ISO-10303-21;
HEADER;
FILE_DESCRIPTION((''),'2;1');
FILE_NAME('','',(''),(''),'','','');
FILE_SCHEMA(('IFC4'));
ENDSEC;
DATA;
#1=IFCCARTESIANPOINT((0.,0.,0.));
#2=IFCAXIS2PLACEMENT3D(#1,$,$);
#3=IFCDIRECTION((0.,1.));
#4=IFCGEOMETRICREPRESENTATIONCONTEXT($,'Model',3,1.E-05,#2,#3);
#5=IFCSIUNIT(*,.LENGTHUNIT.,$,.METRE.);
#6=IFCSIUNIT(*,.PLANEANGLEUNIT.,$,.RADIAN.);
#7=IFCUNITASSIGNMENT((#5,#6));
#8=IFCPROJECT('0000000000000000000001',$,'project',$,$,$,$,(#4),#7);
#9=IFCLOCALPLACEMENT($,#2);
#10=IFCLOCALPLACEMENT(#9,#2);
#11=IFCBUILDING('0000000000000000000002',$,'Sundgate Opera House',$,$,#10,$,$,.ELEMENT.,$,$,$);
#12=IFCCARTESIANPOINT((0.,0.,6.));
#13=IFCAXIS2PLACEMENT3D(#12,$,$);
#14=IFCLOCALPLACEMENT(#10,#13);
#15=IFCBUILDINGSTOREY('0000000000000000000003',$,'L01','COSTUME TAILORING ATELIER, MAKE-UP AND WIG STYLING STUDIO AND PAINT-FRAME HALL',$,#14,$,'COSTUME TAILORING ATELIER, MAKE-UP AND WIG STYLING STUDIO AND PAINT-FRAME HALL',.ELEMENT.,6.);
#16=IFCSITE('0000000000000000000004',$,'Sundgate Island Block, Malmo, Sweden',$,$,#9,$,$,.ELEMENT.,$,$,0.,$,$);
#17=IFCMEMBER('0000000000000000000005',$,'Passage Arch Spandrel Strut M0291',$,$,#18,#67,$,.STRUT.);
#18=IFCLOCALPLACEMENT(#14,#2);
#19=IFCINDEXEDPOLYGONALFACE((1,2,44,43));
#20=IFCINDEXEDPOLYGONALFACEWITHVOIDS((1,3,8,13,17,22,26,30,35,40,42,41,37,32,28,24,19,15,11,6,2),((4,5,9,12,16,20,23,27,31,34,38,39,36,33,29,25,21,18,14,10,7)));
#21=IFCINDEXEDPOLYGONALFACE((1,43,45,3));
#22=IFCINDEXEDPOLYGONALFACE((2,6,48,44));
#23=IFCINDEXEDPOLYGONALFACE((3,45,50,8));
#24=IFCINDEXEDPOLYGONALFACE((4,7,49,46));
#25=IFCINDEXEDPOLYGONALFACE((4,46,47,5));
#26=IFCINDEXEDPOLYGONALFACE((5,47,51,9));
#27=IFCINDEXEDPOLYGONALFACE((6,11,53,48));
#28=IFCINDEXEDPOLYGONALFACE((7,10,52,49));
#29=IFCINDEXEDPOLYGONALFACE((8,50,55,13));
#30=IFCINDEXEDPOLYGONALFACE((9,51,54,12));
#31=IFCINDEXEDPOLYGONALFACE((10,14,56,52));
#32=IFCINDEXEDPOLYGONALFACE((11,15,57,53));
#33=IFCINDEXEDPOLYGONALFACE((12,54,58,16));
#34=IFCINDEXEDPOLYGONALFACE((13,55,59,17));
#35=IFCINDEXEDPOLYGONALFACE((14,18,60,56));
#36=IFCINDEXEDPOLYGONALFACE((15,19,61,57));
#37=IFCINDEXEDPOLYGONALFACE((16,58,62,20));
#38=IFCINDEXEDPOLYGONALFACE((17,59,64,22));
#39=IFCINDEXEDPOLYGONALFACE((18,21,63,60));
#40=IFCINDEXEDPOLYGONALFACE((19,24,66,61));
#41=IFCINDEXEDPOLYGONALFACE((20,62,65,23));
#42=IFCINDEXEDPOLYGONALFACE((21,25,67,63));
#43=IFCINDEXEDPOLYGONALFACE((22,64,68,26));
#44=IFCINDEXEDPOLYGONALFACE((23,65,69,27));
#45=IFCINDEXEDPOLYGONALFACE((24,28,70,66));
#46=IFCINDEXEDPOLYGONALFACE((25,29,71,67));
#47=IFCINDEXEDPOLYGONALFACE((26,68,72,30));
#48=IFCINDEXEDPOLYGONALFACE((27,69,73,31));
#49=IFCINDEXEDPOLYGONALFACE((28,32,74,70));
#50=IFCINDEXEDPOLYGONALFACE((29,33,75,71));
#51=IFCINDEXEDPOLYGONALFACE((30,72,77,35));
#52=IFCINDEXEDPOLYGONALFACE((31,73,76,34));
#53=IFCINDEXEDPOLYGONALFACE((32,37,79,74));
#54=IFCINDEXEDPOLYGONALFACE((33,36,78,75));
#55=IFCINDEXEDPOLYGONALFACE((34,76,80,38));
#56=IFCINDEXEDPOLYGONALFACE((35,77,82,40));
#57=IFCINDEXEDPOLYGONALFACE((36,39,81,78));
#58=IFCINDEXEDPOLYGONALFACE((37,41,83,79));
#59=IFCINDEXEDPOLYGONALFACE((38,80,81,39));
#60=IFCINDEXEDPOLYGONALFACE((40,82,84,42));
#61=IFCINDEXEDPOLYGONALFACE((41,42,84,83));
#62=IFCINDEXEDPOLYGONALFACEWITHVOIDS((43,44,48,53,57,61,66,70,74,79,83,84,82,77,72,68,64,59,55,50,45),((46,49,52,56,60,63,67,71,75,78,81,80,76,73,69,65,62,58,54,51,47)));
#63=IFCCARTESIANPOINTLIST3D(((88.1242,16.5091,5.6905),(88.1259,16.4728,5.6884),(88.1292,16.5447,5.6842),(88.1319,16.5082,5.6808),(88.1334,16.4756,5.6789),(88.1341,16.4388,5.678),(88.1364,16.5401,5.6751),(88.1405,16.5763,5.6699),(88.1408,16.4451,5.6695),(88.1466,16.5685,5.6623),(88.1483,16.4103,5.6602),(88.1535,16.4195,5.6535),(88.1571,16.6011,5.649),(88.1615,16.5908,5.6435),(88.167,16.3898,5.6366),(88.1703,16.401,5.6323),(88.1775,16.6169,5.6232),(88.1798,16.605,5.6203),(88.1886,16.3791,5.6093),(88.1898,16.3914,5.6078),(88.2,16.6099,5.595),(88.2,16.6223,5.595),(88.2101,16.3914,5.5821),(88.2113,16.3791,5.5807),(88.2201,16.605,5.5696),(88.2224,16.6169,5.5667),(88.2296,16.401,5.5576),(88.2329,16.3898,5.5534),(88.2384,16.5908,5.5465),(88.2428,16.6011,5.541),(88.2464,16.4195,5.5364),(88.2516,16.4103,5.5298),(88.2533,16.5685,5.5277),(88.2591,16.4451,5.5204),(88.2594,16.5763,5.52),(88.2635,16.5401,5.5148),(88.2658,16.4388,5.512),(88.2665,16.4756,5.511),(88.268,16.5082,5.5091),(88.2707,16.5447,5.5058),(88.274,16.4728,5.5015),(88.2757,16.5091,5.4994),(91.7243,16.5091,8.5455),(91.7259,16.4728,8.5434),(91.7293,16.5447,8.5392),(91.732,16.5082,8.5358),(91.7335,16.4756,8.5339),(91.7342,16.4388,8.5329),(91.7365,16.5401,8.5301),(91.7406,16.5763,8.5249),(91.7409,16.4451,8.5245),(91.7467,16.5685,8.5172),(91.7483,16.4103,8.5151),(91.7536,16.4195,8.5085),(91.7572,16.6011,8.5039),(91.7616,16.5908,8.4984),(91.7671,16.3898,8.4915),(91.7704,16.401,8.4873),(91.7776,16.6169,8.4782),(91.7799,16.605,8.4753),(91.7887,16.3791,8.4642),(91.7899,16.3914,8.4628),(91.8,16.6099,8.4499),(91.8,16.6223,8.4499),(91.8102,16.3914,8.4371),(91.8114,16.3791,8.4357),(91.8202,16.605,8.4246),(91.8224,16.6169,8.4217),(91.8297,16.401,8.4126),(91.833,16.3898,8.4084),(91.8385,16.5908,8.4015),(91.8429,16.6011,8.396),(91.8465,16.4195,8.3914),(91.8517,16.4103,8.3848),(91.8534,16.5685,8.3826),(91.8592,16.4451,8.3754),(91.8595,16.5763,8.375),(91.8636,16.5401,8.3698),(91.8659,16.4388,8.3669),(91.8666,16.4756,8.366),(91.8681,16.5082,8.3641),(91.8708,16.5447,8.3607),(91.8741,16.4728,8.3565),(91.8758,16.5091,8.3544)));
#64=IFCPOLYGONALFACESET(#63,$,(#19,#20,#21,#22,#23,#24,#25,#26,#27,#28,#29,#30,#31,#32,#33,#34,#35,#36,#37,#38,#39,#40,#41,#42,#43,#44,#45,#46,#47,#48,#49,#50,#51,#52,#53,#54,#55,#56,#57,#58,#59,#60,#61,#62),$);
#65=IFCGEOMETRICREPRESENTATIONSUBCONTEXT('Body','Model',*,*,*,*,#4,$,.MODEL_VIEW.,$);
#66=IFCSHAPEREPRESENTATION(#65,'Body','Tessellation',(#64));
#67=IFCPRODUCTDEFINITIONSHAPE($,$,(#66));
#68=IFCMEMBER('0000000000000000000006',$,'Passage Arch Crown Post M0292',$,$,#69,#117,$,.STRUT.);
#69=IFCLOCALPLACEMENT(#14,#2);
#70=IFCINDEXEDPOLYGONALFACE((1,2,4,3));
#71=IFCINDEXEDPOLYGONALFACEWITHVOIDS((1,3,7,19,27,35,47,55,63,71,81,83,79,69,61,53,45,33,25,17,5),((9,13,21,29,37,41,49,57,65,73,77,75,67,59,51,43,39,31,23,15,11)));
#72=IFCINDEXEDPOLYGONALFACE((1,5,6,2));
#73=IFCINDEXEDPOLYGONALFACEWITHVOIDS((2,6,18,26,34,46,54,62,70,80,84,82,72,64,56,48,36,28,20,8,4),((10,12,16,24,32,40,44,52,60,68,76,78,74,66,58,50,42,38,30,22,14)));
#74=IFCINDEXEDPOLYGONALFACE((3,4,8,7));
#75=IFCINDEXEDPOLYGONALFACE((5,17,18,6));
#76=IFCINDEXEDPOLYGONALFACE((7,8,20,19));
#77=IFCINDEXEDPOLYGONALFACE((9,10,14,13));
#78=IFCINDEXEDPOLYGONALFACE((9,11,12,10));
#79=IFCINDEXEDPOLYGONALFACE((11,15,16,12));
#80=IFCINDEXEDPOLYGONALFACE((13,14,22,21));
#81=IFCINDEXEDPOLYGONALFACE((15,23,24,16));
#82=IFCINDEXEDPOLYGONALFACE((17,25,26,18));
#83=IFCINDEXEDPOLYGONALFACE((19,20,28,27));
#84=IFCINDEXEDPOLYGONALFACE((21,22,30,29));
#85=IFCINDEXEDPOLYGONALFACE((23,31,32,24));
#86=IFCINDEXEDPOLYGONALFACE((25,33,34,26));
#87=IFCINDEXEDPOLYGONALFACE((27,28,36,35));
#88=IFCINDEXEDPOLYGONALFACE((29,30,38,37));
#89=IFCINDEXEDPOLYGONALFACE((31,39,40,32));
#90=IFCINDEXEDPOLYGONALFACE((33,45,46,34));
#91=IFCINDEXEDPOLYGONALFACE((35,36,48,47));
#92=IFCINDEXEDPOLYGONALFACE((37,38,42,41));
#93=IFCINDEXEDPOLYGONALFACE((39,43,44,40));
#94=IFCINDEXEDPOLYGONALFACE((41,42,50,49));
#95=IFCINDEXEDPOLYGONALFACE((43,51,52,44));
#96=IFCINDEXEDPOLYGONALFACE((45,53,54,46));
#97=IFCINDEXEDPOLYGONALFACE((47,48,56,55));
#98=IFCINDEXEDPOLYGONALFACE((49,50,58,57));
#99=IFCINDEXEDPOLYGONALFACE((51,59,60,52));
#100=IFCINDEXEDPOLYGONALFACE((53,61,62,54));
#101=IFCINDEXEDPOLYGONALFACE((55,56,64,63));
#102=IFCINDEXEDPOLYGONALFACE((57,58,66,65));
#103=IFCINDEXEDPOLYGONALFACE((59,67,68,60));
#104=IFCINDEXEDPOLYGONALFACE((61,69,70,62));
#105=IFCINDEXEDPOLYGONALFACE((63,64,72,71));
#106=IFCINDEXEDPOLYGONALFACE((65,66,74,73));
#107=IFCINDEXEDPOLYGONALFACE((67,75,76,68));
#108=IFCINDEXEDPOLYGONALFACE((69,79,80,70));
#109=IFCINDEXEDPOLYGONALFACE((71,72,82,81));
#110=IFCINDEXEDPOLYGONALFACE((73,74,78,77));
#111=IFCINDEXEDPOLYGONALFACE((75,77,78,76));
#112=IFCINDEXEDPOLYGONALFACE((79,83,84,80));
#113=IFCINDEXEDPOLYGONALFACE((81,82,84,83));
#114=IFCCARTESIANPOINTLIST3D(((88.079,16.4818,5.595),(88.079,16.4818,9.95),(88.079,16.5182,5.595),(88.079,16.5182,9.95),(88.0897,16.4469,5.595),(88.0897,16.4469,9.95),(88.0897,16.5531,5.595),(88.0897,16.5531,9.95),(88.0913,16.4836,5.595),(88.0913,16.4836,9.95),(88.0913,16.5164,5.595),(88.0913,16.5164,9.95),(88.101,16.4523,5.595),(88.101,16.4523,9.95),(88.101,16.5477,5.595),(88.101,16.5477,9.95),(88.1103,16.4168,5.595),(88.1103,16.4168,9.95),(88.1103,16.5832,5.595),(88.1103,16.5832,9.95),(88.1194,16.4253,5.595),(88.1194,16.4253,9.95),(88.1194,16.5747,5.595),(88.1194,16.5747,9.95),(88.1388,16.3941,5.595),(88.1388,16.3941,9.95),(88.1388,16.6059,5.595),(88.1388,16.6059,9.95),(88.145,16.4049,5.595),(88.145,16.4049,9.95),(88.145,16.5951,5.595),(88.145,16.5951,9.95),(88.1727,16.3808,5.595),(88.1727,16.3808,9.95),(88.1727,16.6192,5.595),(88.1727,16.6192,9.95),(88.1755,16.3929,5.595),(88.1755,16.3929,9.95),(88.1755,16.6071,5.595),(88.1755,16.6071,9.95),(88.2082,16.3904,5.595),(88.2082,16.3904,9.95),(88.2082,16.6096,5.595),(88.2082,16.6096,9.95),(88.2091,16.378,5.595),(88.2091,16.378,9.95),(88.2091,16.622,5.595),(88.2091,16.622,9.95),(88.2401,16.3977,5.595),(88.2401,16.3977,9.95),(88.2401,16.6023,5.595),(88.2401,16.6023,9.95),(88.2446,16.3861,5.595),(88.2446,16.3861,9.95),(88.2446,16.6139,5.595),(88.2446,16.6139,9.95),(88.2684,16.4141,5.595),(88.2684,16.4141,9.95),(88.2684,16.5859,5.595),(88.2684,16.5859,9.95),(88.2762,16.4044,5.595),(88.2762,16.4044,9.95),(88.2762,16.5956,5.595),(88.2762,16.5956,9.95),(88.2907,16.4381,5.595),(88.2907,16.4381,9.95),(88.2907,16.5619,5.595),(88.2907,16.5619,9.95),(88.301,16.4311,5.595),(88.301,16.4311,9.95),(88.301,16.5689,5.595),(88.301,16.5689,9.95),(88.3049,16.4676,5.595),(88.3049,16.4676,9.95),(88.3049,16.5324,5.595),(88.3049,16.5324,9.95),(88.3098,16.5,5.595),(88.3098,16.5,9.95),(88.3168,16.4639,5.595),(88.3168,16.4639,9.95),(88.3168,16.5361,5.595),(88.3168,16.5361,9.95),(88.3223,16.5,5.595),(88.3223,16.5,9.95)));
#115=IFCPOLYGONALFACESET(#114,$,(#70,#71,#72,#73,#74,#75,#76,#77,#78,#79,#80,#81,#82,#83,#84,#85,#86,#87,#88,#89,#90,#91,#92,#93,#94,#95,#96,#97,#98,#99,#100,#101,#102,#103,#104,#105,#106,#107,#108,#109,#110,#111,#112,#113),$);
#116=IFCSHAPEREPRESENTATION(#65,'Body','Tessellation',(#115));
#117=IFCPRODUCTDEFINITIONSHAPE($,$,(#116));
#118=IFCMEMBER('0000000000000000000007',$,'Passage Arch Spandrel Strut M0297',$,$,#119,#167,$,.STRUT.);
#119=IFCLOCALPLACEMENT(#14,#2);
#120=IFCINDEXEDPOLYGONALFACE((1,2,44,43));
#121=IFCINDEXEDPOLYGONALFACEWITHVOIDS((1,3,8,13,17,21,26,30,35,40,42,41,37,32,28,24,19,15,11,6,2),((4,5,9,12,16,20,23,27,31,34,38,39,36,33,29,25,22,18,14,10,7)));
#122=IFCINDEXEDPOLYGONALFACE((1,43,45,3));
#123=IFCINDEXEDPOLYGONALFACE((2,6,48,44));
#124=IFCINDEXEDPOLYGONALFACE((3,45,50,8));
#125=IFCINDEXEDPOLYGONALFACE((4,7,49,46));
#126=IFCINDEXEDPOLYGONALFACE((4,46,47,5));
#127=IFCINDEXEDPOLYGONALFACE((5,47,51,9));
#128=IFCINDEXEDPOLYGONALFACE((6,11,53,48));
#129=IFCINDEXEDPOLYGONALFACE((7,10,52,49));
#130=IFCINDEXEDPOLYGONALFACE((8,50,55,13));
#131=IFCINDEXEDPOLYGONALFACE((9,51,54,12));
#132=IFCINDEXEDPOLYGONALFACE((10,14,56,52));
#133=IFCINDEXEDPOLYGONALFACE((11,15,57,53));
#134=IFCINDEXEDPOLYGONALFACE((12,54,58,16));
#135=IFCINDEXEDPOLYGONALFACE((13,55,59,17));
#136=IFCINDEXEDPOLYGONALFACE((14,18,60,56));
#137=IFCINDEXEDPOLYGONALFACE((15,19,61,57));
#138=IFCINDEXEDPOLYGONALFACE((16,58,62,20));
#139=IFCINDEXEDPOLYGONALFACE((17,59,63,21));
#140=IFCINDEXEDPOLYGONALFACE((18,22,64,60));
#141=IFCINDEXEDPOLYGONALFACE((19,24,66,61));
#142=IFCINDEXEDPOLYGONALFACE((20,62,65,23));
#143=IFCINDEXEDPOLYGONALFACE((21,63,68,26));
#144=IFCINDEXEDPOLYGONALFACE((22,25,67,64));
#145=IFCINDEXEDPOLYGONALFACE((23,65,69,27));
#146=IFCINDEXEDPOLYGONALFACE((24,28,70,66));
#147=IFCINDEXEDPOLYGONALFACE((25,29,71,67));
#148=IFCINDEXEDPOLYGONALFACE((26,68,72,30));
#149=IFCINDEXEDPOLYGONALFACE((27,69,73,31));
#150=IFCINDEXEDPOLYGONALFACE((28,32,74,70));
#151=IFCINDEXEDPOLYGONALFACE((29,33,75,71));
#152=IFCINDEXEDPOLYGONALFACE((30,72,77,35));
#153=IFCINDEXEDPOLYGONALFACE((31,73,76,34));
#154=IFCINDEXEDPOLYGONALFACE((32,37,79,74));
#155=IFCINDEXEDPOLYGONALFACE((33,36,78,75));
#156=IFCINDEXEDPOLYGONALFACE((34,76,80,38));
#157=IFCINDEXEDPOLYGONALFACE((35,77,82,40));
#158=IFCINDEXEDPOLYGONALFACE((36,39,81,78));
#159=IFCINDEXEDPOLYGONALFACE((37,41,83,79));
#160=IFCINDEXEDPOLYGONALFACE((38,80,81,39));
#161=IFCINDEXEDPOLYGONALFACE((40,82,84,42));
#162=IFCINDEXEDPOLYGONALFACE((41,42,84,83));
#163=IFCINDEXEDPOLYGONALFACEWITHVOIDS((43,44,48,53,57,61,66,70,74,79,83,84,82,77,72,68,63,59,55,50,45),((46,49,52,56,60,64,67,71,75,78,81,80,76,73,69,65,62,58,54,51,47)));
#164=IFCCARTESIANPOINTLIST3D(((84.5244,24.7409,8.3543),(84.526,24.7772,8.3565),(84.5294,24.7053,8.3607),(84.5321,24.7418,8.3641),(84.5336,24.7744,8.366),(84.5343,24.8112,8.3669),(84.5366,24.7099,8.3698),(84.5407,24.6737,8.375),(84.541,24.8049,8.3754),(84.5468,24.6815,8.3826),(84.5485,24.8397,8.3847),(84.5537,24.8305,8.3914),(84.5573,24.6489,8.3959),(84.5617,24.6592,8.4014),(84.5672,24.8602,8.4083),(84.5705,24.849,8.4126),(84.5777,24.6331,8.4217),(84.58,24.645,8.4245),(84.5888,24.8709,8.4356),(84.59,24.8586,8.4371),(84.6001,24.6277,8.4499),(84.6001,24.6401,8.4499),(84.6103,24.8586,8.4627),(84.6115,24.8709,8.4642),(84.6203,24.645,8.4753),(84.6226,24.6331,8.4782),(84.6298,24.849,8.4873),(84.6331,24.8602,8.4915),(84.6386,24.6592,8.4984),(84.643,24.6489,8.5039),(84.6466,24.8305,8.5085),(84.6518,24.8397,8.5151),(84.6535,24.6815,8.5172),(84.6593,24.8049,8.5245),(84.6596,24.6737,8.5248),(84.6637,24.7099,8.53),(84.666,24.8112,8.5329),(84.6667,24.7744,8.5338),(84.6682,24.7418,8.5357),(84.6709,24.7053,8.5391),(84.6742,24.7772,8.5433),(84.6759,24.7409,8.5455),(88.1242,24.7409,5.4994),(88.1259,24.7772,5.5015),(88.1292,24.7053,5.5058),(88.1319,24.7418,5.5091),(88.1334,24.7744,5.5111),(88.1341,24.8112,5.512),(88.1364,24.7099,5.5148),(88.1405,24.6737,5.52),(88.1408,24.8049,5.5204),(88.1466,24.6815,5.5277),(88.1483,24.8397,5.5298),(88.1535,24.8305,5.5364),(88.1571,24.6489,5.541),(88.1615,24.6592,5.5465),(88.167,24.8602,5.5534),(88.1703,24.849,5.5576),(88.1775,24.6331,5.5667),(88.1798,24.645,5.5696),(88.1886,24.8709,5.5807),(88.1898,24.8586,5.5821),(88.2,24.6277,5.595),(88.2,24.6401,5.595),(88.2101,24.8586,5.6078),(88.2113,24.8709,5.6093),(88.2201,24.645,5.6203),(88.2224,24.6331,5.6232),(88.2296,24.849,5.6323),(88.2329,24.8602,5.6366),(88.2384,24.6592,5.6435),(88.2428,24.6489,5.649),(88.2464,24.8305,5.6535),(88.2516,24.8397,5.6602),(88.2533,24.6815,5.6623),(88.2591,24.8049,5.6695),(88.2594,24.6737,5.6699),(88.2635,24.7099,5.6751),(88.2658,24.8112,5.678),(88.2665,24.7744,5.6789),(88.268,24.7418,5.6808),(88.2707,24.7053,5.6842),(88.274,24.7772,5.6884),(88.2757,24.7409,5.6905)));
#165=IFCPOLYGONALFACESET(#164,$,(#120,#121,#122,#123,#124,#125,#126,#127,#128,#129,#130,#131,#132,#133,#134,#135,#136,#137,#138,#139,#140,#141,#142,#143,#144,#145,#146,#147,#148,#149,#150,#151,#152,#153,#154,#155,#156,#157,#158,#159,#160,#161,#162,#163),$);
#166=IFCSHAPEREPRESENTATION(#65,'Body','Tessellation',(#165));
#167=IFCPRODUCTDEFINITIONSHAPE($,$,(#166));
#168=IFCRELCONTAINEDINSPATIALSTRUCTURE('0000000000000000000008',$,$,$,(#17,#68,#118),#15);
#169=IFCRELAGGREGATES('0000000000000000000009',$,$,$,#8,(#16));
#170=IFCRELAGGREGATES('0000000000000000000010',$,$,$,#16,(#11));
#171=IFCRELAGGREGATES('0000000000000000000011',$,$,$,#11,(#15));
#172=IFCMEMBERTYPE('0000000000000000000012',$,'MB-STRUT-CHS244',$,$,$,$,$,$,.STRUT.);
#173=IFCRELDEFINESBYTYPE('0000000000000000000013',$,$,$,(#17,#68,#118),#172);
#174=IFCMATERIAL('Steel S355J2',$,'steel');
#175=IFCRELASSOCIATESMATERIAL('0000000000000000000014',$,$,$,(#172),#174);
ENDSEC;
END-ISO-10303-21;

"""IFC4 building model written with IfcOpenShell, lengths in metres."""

from ifc_helpers import new_model, si_unit, direction, frame, origin, origin_2d, place, context, subcontext, project, spatial, hollow_circle, extrude, material, material_profile, profile_set, type_object, element, save


model = new_model("IFC4")

# Units and contexts
model_context = context("Model", 3, precision=1e-05, world=origin(), true_north=direction((0.0, 1.0)))
body_context = subcontext(model_context, "Body", "Model", "MODEL_VIEW")
ifc_project = project(units=[si_unit("LENGTHUNIT", "METRE"), si_unit("PLANEANGLEUNIT", "RADIAN")], contexts=[model_context])

# Site, building, storey
site_placement = place(None, origin())
site = spatial("IfcSite", under=ifc_project, at=site_placement, Name="Sundgate Island Block, Malmo, Sweden", CompositionType="ELEMENT", RefElevation=0.0)
building_placement = place(site_placement, origin())
building = spatial("IfcBuilding", under=site, at=building_placement, Name="Sundgate Opera House", CompositionType="ELEMENT")
storey_placement = place(building_placement, frame((0.0, 0.0, 6.0)))
storey = spatial("IfcBuildingStorey", under=building, at=storey_placement, Name="L01", Description="COSTUME TAILORING ATELIER, MAKE-UP AND WIG STYLING STUDIO AND PAINT-FRAME HALL", LongName="COSTUME TAILORING ATELIER, MAKE-UP AND WIG STYLING STUDIO AND PAINT-FRAME HALL", CompositionType="ELEMENT", Elevation=6.0)

# Members
ifc_material_1 = material(Name="Steel S355J2", Category="steel")
ifc_material_profile_1 = material_profile(ifc_material_1, hollow_circle(Radius=0.1223, WallThickness=0.0125, at=origin_2d()), Name="CHS 244.5x12.5")
ifc_profile_set_1 = profile_set([ifc_material_profile_1], Name="Steel S355J2")
member_type = type_object("IfcMemberType", Name="MB-STRUT-CHS244", PredefinedType="STRUT", material=ifc_profile_set_1)
member_1_placement = place(storey_placement, frame((88.2, 16.5, 5.595), z_axis=(0.783526, 0.0, 0.621359), x_axis=(0.0, 1.0, 0.0)))
element("IfcMember", 1, at=member_1_placement, inside=storey, type_object=member_type, Name="Passage Arch Spandrel Strut M0291", PredefinedType="STRUT", context=body_context, shape_type="SweptSolid", body=[
    extrude(hollow_circle(Radius=0.1223, WallThickness=0.0125, at=origin_2d()), origin(), (0.0, 0.0, 1.0), 4.5947),
])
member_2_placement = place(storey_placement, frame((88.2, 16.5, 5.595), z_axis=(0.0, 0.0, 1.0), x_axis=(1.0, 0.0, 0.0)))
element("IfcMember", 2, at=member_2_placement, inside=storey, type_object=member_type, Name="Passage Arch Crown Post M0292", PredefinedType="STRUT", context=body_context, shape_type="SweptSolid", body=[
    extrude(hollow_circle(Radius=0.1223, WallThickness=0.0125, at=origin_2d()), origin(), (0.0, 0.0, 1.0), 4.355),
])
member_3_placement = place(storey_placement, frame((88.2, 24.75, 5.595), z_axis=(-0.783506, 0.0, 0.621385), x_axis=(0.0, -1.0, 0.0)))
element("IfcMember", 3, at=member_3_placement, inside=storey, type_object=member_type, Name="Passage Arch Spandrel Strut M0297", PredefinedType="STRUT", context=body_context, shape_type="SweptSolid", body=[
    extrude(hollow_circle(Radius=0.1223, WallThickness=0.0125, at=origin_2d()), origin(), (0.0, 0.0, 1.0), 4.5945),
])

save(model, "model.ifc")
